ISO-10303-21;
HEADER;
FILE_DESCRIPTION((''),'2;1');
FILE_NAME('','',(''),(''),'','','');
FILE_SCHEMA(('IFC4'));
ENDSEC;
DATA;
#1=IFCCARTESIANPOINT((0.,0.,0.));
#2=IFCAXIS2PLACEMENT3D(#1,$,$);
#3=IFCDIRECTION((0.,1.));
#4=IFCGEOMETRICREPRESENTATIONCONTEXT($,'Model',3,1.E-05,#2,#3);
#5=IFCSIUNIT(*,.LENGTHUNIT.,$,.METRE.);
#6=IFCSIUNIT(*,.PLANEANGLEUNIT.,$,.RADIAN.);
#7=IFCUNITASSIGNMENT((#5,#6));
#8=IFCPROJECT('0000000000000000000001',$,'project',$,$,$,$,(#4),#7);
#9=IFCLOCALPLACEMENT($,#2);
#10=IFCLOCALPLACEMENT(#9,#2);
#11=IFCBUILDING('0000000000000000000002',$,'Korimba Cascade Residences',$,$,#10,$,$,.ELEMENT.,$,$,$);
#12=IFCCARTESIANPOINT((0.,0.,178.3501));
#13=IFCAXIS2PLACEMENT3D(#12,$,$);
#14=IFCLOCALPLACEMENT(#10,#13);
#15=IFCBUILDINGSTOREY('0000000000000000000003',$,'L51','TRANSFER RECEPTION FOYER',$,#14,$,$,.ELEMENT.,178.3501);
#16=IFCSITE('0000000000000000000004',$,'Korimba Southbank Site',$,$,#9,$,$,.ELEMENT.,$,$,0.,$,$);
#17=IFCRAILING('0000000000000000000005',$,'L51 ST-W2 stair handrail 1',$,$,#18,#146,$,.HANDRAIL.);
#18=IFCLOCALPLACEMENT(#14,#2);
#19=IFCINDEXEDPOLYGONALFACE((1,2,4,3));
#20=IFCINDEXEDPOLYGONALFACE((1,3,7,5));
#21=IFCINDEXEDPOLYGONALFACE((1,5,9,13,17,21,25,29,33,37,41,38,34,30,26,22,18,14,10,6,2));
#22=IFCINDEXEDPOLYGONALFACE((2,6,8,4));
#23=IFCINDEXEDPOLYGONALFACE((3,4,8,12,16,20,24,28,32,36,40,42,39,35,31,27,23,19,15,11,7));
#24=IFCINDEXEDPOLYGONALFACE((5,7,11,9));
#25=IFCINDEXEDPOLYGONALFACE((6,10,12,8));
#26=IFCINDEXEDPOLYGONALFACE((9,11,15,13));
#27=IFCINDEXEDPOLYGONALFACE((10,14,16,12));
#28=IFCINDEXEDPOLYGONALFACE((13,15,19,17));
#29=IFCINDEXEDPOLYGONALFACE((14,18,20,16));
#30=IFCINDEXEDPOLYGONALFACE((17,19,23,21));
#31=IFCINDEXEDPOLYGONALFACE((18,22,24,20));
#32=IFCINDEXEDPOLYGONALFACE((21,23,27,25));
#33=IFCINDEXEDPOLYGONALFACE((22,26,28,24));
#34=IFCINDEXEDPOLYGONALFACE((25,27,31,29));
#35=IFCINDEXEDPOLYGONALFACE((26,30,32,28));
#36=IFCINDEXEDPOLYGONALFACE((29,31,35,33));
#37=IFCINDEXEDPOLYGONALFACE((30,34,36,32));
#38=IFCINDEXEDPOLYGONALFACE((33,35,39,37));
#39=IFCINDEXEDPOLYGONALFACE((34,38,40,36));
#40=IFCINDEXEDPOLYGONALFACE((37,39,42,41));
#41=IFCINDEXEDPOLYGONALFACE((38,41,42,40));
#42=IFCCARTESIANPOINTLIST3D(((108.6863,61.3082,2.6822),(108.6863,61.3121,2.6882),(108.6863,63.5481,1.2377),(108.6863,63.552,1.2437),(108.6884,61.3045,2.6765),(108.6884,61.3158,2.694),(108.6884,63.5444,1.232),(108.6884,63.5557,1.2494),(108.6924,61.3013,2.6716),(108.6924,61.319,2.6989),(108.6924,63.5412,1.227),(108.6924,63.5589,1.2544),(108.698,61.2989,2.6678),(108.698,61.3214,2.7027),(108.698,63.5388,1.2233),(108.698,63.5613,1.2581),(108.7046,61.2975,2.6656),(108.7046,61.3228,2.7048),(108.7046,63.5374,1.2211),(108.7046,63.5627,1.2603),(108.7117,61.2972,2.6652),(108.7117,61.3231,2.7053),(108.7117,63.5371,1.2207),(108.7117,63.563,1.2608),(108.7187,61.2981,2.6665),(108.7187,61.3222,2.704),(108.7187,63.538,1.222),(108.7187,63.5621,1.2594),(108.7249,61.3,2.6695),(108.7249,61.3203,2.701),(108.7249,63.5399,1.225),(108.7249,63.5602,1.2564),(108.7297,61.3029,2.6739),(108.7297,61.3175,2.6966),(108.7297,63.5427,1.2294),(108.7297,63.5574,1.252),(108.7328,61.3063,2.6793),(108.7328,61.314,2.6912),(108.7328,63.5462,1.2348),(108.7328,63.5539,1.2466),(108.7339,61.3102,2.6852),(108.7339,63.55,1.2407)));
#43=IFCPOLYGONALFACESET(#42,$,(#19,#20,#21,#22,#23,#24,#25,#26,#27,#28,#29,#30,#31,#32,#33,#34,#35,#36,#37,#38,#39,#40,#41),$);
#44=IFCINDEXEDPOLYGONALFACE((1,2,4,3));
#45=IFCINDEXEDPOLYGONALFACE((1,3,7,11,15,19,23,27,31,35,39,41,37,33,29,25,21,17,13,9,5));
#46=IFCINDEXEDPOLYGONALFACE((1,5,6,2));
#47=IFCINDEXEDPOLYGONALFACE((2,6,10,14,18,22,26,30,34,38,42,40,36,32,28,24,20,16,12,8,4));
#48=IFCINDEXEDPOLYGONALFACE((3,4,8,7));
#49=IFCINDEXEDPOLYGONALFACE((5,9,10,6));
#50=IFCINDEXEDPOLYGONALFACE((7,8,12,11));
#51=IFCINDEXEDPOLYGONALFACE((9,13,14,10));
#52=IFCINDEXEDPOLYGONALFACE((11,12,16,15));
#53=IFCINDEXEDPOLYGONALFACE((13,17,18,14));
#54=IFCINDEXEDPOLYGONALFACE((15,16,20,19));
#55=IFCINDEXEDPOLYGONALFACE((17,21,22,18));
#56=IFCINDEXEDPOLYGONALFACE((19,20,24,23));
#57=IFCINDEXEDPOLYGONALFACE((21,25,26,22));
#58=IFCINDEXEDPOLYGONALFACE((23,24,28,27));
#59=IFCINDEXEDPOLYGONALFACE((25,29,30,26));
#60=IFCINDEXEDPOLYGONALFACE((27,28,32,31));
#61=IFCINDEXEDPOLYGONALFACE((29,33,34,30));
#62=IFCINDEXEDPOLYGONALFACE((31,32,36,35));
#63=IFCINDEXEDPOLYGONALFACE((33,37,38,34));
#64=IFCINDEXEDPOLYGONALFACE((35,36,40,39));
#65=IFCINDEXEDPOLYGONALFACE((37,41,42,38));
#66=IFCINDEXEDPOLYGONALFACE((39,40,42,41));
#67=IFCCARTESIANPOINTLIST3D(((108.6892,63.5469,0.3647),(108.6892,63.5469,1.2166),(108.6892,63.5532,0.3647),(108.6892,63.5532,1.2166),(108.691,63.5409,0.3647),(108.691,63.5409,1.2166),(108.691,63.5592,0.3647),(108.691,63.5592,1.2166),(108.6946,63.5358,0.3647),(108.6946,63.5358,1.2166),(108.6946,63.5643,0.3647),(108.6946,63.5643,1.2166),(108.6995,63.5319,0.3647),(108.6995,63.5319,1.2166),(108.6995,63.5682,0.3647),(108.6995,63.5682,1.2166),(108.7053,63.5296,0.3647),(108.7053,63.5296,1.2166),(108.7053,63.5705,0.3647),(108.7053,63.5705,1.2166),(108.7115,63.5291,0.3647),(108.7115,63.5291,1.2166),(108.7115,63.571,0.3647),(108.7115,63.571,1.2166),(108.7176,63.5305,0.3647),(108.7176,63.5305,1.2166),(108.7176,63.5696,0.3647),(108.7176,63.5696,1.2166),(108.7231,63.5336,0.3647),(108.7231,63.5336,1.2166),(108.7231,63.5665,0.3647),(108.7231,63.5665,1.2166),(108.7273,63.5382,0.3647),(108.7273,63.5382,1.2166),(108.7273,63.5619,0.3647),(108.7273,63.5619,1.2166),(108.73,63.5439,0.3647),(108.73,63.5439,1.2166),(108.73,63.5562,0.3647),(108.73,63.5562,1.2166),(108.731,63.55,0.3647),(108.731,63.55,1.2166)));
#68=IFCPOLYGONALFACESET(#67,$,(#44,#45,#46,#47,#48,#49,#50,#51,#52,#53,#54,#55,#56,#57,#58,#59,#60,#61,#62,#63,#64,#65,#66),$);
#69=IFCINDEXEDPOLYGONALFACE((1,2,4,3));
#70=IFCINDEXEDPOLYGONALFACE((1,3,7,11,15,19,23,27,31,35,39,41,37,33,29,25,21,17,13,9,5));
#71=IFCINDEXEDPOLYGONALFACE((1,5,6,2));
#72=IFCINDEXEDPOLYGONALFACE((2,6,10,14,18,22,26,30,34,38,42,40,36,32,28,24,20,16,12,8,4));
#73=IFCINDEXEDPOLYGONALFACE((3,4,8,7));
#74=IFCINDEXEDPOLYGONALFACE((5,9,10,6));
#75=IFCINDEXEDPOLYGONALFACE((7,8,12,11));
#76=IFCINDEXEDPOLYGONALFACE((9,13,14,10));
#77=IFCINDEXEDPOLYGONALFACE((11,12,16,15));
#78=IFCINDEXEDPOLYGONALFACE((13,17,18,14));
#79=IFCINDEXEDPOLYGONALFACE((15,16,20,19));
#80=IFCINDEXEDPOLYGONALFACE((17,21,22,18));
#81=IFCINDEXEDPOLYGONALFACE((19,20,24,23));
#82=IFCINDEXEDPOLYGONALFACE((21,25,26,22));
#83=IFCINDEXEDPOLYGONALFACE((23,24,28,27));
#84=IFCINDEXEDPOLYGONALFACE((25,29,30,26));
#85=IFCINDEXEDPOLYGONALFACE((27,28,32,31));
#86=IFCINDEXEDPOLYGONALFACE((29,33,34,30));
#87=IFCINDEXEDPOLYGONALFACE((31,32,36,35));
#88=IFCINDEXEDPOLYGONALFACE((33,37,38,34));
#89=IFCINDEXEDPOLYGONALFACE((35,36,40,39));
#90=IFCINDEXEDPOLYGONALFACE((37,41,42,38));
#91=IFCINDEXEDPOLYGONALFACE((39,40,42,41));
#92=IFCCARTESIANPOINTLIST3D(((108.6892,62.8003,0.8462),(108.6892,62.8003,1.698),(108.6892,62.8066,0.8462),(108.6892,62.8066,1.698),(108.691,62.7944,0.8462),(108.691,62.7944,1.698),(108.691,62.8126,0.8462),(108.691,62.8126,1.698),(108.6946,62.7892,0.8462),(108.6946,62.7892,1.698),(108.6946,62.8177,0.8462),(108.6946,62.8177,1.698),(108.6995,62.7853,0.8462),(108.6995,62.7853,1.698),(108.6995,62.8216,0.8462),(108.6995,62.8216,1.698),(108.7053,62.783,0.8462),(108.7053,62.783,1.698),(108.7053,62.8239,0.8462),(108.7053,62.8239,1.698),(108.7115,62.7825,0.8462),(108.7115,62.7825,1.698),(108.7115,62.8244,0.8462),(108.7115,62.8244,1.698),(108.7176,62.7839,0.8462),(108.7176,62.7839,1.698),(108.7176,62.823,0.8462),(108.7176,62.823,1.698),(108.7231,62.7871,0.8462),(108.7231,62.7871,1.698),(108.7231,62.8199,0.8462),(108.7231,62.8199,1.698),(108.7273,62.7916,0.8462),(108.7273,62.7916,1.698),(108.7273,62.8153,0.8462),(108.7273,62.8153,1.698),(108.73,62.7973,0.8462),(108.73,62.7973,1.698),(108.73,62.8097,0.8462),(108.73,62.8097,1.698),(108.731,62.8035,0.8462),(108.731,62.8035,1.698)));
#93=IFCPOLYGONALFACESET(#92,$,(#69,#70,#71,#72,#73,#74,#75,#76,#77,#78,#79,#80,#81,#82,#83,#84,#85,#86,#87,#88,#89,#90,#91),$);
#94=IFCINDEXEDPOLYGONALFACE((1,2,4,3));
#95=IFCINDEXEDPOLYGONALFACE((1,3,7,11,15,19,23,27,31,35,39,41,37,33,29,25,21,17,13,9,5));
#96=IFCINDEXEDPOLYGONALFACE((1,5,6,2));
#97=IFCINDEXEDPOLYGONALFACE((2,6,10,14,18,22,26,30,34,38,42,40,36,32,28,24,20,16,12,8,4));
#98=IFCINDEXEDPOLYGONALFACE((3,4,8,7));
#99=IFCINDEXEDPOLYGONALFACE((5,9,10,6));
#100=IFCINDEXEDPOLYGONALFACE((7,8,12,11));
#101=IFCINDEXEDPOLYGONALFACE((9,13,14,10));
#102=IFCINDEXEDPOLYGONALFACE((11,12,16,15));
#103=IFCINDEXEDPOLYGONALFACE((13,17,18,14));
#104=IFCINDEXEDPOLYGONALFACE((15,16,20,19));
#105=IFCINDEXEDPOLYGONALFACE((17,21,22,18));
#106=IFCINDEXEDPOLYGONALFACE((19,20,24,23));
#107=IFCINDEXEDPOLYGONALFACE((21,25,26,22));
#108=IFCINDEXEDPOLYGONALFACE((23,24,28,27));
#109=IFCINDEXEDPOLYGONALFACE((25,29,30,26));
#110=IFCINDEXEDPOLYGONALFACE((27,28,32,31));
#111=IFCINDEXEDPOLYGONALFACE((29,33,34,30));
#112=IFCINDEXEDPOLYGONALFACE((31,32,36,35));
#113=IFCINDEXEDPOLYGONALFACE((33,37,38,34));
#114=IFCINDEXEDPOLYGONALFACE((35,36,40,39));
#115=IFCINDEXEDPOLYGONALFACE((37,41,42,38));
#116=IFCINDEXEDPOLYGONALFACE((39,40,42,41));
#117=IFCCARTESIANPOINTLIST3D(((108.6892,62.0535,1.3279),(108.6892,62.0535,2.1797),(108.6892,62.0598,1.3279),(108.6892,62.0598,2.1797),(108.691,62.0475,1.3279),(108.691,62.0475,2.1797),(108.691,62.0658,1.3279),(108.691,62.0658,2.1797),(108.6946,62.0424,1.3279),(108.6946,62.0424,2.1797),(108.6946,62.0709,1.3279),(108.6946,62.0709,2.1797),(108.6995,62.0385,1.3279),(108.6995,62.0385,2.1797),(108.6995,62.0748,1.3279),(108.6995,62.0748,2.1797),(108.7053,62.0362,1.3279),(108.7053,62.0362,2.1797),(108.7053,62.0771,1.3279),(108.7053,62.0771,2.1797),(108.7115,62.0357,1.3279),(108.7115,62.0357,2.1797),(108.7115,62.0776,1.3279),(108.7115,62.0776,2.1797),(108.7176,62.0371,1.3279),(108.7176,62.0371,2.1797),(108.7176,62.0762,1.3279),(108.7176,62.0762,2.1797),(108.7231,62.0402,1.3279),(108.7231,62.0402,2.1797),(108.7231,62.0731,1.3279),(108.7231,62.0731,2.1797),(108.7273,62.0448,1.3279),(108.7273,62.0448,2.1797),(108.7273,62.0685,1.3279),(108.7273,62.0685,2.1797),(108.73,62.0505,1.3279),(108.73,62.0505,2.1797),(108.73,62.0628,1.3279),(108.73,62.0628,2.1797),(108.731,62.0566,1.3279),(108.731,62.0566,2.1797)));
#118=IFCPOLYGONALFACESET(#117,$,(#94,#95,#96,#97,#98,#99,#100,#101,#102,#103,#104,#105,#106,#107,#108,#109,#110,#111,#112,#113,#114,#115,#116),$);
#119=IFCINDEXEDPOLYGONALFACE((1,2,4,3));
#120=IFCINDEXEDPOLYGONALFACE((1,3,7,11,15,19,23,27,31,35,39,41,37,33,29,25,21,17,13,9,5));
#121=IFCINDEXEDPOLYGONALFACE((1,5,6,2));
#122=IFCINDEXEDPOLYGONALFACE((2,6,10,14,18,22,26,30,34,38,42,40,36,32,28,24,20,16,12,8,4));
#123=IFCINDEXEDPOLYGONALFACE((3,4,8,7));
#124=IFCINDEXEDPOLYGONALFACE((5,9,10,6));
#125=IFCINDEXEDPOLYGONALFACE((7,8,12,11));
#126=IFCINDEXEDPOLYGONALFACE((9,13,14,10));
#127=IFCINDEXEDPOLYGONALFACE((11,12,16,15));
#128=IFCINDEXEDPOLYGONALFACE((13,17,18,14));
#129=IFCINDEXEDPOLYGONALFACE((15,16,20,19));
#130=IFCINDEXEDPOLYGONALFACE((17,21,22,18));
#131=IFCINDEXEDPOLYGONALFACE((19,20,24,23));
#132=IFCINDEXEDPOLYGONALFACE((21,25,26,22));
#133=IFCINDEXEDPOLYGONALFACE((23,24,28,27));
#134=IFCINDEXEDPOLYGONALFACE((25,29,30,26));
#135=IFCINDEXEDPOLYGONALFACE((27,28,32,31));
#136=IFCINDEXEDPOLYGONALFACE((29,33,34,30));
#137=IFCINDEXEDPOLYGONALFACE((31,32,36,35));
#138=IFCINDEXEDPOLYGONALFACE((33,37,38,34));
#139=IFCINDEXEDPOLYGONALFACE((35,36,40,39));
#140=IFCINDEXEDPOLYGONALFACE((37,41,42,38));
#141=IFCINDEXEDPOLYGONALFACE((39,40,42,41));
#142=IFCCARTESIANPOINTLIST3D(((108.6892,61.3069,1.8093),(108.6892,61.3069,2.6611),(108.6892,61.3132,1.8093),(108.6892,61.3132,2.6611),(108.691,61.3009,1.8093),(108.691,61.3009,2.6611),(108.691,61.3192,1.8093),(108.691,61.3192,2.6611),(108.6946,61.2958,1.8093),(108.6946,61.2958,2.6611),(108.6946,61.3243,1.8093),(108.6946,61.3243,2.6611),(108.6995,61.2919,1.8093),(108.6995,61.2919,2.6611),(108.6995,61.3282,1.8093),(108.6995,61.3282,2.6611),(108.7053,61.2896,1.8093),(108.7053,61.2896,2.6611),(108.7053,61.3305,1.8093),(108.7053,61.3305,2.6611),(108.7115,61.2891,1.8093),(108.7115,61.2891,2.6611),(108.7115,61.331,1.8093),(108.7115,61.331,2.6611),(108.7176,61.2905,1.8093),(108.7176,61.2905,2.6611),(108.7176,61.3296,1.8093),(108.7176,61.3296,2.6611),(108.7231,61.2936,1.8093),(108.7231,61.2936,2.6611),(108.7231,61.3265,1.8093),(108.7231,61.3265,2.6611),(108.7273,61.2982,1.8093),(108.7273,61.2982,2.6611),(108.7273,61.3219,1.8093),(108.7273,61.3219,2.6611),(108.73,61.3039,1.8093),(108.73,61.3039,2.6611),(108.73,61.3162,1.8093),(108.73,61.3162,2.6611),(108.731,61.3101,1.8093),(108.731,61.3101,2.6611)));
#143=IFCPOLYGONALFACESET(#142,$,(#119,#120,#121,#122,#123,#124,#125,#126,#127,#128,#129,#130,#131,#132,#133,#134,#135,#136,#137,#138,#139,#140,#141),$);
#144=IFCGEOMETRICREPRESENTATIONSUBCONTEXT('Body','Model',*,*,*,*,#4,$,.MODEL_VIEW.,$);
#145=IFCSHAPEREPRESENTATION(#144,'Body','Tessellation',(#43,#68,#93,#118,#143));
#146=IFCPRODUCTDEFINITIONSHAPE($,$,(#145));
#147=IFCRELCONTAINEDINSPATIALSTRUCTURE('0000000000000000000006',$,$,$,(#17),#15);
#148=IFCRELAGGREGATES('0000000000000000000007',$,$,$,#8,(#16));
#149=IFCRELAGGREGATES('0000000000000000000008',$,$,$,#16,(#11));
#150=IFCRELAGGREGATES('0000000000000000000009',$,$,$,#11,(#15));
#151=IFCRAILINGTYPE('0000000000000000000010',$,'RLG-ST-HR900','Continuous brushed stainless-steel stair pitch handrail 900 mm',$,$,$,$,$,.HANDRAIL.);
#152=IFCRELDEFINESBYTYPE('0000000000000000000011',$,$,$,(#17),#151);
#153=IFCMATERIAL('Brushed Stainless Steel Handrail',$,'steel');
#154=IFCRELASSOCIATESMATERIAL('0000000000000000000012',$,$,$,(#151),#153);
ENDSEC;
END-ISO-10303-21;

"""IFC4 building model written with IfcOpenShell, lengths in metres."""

from ifc_helpers import new_model, si_unit, direction, frame, origin, origin_2d, place, context, subcontext, project, spatial, circle, extrude, material, type_object, element, save


model = new_model("IFC4")

# Units and contexts
model_context = context("Model", 3, precision=1e-05, world=origin(), true_north=direction((0.0, 1.0)))
body_context = subcontext(model_context, "Body", "Model", "MODEL_VIEW")
ifc_project = project(units=[si_unit("LENGTHUNIT", "METRE"), si_unit("PLANEANGLEUNIT", "RADIAN")], contexts=[model_context])

# Site, building, storey
site_placement = place(None, origin())
site = spatial("IfcSite", under=ifc_project, at=site_placement, Name="Korimba Southbank Site", CompositionType="ELEMENT", RefElevation=0.0)
building_placement = place(site_placement, origin())
building = spatial("IfcBuilding", under=site, at=building_placement, Name="Korimba Cascade Residences", CompositionType="ELEMENT")
storey_placement = place(building_placement, frame((0.0, 0.0, 178.3501)))
storey = spatial("IfcBuildingStorey", under=building, at=storey_placement, Name="L51", Description="TRANSFER RECEPTION FOYER", CompositionType="ELEMENT", Elevation=178.3501)

# Railing
ifc_material_1 = material(Name="Brushed Stainless Steel Handrail", Category="steel")
railing_type_1 = type_object("IfcRailingType", Name="RLG-ST-HR900", Description="Continuous brushed stainless-steel stair pitch handrail 900 mm", PredefinedType="HANDRAIL", material=ifc_material_1)
railing_1_placement = place(storey_placement, frame((108.71, 63.55, 0.3647)))
element("IfcRailing", 1, at=railing_1_placement, inside=storey, type_object=railing_type_1, Name="L51 ST-W2 stair handrail 1", PredefinedType="HANDRAIL", context=body_context, shape_type="SweptSolid", body=[
    extrude(circle(Radius=0.0239, at=origin_2d()), frame((0.0, 0.0, 0.876), z_axis=(0.0, -0.840395, 0.541975), x_axis=(1.0, 0.0, 0.0)), (0.0, 0.0, 1.0), 2.6653),
    extrude(circle(Radius=0.021, at=origin_2d()), origin(), (0.0, 0.0, 1.0), 0.8518),
    extrude(circle(Radius=0.021, at=origin_2d()), frame((0.0, -0.7466, 0.4814)), (0.0, 0.0, 1.0), 0.8518),
    extrude(circle(Radius=0.021, at=origin_2d()), frame((0.0, -1.4934, 0.9631)), (0.0, 0.0, 1.0), 0.8518),
    extrude(circle(Radius=0.021, at=origin_2d()), frame((0.0, -2.24, 1.4446)), (0.0, 0.0, 1.0), 0.8518),
])

save(model, "model.ifc")
